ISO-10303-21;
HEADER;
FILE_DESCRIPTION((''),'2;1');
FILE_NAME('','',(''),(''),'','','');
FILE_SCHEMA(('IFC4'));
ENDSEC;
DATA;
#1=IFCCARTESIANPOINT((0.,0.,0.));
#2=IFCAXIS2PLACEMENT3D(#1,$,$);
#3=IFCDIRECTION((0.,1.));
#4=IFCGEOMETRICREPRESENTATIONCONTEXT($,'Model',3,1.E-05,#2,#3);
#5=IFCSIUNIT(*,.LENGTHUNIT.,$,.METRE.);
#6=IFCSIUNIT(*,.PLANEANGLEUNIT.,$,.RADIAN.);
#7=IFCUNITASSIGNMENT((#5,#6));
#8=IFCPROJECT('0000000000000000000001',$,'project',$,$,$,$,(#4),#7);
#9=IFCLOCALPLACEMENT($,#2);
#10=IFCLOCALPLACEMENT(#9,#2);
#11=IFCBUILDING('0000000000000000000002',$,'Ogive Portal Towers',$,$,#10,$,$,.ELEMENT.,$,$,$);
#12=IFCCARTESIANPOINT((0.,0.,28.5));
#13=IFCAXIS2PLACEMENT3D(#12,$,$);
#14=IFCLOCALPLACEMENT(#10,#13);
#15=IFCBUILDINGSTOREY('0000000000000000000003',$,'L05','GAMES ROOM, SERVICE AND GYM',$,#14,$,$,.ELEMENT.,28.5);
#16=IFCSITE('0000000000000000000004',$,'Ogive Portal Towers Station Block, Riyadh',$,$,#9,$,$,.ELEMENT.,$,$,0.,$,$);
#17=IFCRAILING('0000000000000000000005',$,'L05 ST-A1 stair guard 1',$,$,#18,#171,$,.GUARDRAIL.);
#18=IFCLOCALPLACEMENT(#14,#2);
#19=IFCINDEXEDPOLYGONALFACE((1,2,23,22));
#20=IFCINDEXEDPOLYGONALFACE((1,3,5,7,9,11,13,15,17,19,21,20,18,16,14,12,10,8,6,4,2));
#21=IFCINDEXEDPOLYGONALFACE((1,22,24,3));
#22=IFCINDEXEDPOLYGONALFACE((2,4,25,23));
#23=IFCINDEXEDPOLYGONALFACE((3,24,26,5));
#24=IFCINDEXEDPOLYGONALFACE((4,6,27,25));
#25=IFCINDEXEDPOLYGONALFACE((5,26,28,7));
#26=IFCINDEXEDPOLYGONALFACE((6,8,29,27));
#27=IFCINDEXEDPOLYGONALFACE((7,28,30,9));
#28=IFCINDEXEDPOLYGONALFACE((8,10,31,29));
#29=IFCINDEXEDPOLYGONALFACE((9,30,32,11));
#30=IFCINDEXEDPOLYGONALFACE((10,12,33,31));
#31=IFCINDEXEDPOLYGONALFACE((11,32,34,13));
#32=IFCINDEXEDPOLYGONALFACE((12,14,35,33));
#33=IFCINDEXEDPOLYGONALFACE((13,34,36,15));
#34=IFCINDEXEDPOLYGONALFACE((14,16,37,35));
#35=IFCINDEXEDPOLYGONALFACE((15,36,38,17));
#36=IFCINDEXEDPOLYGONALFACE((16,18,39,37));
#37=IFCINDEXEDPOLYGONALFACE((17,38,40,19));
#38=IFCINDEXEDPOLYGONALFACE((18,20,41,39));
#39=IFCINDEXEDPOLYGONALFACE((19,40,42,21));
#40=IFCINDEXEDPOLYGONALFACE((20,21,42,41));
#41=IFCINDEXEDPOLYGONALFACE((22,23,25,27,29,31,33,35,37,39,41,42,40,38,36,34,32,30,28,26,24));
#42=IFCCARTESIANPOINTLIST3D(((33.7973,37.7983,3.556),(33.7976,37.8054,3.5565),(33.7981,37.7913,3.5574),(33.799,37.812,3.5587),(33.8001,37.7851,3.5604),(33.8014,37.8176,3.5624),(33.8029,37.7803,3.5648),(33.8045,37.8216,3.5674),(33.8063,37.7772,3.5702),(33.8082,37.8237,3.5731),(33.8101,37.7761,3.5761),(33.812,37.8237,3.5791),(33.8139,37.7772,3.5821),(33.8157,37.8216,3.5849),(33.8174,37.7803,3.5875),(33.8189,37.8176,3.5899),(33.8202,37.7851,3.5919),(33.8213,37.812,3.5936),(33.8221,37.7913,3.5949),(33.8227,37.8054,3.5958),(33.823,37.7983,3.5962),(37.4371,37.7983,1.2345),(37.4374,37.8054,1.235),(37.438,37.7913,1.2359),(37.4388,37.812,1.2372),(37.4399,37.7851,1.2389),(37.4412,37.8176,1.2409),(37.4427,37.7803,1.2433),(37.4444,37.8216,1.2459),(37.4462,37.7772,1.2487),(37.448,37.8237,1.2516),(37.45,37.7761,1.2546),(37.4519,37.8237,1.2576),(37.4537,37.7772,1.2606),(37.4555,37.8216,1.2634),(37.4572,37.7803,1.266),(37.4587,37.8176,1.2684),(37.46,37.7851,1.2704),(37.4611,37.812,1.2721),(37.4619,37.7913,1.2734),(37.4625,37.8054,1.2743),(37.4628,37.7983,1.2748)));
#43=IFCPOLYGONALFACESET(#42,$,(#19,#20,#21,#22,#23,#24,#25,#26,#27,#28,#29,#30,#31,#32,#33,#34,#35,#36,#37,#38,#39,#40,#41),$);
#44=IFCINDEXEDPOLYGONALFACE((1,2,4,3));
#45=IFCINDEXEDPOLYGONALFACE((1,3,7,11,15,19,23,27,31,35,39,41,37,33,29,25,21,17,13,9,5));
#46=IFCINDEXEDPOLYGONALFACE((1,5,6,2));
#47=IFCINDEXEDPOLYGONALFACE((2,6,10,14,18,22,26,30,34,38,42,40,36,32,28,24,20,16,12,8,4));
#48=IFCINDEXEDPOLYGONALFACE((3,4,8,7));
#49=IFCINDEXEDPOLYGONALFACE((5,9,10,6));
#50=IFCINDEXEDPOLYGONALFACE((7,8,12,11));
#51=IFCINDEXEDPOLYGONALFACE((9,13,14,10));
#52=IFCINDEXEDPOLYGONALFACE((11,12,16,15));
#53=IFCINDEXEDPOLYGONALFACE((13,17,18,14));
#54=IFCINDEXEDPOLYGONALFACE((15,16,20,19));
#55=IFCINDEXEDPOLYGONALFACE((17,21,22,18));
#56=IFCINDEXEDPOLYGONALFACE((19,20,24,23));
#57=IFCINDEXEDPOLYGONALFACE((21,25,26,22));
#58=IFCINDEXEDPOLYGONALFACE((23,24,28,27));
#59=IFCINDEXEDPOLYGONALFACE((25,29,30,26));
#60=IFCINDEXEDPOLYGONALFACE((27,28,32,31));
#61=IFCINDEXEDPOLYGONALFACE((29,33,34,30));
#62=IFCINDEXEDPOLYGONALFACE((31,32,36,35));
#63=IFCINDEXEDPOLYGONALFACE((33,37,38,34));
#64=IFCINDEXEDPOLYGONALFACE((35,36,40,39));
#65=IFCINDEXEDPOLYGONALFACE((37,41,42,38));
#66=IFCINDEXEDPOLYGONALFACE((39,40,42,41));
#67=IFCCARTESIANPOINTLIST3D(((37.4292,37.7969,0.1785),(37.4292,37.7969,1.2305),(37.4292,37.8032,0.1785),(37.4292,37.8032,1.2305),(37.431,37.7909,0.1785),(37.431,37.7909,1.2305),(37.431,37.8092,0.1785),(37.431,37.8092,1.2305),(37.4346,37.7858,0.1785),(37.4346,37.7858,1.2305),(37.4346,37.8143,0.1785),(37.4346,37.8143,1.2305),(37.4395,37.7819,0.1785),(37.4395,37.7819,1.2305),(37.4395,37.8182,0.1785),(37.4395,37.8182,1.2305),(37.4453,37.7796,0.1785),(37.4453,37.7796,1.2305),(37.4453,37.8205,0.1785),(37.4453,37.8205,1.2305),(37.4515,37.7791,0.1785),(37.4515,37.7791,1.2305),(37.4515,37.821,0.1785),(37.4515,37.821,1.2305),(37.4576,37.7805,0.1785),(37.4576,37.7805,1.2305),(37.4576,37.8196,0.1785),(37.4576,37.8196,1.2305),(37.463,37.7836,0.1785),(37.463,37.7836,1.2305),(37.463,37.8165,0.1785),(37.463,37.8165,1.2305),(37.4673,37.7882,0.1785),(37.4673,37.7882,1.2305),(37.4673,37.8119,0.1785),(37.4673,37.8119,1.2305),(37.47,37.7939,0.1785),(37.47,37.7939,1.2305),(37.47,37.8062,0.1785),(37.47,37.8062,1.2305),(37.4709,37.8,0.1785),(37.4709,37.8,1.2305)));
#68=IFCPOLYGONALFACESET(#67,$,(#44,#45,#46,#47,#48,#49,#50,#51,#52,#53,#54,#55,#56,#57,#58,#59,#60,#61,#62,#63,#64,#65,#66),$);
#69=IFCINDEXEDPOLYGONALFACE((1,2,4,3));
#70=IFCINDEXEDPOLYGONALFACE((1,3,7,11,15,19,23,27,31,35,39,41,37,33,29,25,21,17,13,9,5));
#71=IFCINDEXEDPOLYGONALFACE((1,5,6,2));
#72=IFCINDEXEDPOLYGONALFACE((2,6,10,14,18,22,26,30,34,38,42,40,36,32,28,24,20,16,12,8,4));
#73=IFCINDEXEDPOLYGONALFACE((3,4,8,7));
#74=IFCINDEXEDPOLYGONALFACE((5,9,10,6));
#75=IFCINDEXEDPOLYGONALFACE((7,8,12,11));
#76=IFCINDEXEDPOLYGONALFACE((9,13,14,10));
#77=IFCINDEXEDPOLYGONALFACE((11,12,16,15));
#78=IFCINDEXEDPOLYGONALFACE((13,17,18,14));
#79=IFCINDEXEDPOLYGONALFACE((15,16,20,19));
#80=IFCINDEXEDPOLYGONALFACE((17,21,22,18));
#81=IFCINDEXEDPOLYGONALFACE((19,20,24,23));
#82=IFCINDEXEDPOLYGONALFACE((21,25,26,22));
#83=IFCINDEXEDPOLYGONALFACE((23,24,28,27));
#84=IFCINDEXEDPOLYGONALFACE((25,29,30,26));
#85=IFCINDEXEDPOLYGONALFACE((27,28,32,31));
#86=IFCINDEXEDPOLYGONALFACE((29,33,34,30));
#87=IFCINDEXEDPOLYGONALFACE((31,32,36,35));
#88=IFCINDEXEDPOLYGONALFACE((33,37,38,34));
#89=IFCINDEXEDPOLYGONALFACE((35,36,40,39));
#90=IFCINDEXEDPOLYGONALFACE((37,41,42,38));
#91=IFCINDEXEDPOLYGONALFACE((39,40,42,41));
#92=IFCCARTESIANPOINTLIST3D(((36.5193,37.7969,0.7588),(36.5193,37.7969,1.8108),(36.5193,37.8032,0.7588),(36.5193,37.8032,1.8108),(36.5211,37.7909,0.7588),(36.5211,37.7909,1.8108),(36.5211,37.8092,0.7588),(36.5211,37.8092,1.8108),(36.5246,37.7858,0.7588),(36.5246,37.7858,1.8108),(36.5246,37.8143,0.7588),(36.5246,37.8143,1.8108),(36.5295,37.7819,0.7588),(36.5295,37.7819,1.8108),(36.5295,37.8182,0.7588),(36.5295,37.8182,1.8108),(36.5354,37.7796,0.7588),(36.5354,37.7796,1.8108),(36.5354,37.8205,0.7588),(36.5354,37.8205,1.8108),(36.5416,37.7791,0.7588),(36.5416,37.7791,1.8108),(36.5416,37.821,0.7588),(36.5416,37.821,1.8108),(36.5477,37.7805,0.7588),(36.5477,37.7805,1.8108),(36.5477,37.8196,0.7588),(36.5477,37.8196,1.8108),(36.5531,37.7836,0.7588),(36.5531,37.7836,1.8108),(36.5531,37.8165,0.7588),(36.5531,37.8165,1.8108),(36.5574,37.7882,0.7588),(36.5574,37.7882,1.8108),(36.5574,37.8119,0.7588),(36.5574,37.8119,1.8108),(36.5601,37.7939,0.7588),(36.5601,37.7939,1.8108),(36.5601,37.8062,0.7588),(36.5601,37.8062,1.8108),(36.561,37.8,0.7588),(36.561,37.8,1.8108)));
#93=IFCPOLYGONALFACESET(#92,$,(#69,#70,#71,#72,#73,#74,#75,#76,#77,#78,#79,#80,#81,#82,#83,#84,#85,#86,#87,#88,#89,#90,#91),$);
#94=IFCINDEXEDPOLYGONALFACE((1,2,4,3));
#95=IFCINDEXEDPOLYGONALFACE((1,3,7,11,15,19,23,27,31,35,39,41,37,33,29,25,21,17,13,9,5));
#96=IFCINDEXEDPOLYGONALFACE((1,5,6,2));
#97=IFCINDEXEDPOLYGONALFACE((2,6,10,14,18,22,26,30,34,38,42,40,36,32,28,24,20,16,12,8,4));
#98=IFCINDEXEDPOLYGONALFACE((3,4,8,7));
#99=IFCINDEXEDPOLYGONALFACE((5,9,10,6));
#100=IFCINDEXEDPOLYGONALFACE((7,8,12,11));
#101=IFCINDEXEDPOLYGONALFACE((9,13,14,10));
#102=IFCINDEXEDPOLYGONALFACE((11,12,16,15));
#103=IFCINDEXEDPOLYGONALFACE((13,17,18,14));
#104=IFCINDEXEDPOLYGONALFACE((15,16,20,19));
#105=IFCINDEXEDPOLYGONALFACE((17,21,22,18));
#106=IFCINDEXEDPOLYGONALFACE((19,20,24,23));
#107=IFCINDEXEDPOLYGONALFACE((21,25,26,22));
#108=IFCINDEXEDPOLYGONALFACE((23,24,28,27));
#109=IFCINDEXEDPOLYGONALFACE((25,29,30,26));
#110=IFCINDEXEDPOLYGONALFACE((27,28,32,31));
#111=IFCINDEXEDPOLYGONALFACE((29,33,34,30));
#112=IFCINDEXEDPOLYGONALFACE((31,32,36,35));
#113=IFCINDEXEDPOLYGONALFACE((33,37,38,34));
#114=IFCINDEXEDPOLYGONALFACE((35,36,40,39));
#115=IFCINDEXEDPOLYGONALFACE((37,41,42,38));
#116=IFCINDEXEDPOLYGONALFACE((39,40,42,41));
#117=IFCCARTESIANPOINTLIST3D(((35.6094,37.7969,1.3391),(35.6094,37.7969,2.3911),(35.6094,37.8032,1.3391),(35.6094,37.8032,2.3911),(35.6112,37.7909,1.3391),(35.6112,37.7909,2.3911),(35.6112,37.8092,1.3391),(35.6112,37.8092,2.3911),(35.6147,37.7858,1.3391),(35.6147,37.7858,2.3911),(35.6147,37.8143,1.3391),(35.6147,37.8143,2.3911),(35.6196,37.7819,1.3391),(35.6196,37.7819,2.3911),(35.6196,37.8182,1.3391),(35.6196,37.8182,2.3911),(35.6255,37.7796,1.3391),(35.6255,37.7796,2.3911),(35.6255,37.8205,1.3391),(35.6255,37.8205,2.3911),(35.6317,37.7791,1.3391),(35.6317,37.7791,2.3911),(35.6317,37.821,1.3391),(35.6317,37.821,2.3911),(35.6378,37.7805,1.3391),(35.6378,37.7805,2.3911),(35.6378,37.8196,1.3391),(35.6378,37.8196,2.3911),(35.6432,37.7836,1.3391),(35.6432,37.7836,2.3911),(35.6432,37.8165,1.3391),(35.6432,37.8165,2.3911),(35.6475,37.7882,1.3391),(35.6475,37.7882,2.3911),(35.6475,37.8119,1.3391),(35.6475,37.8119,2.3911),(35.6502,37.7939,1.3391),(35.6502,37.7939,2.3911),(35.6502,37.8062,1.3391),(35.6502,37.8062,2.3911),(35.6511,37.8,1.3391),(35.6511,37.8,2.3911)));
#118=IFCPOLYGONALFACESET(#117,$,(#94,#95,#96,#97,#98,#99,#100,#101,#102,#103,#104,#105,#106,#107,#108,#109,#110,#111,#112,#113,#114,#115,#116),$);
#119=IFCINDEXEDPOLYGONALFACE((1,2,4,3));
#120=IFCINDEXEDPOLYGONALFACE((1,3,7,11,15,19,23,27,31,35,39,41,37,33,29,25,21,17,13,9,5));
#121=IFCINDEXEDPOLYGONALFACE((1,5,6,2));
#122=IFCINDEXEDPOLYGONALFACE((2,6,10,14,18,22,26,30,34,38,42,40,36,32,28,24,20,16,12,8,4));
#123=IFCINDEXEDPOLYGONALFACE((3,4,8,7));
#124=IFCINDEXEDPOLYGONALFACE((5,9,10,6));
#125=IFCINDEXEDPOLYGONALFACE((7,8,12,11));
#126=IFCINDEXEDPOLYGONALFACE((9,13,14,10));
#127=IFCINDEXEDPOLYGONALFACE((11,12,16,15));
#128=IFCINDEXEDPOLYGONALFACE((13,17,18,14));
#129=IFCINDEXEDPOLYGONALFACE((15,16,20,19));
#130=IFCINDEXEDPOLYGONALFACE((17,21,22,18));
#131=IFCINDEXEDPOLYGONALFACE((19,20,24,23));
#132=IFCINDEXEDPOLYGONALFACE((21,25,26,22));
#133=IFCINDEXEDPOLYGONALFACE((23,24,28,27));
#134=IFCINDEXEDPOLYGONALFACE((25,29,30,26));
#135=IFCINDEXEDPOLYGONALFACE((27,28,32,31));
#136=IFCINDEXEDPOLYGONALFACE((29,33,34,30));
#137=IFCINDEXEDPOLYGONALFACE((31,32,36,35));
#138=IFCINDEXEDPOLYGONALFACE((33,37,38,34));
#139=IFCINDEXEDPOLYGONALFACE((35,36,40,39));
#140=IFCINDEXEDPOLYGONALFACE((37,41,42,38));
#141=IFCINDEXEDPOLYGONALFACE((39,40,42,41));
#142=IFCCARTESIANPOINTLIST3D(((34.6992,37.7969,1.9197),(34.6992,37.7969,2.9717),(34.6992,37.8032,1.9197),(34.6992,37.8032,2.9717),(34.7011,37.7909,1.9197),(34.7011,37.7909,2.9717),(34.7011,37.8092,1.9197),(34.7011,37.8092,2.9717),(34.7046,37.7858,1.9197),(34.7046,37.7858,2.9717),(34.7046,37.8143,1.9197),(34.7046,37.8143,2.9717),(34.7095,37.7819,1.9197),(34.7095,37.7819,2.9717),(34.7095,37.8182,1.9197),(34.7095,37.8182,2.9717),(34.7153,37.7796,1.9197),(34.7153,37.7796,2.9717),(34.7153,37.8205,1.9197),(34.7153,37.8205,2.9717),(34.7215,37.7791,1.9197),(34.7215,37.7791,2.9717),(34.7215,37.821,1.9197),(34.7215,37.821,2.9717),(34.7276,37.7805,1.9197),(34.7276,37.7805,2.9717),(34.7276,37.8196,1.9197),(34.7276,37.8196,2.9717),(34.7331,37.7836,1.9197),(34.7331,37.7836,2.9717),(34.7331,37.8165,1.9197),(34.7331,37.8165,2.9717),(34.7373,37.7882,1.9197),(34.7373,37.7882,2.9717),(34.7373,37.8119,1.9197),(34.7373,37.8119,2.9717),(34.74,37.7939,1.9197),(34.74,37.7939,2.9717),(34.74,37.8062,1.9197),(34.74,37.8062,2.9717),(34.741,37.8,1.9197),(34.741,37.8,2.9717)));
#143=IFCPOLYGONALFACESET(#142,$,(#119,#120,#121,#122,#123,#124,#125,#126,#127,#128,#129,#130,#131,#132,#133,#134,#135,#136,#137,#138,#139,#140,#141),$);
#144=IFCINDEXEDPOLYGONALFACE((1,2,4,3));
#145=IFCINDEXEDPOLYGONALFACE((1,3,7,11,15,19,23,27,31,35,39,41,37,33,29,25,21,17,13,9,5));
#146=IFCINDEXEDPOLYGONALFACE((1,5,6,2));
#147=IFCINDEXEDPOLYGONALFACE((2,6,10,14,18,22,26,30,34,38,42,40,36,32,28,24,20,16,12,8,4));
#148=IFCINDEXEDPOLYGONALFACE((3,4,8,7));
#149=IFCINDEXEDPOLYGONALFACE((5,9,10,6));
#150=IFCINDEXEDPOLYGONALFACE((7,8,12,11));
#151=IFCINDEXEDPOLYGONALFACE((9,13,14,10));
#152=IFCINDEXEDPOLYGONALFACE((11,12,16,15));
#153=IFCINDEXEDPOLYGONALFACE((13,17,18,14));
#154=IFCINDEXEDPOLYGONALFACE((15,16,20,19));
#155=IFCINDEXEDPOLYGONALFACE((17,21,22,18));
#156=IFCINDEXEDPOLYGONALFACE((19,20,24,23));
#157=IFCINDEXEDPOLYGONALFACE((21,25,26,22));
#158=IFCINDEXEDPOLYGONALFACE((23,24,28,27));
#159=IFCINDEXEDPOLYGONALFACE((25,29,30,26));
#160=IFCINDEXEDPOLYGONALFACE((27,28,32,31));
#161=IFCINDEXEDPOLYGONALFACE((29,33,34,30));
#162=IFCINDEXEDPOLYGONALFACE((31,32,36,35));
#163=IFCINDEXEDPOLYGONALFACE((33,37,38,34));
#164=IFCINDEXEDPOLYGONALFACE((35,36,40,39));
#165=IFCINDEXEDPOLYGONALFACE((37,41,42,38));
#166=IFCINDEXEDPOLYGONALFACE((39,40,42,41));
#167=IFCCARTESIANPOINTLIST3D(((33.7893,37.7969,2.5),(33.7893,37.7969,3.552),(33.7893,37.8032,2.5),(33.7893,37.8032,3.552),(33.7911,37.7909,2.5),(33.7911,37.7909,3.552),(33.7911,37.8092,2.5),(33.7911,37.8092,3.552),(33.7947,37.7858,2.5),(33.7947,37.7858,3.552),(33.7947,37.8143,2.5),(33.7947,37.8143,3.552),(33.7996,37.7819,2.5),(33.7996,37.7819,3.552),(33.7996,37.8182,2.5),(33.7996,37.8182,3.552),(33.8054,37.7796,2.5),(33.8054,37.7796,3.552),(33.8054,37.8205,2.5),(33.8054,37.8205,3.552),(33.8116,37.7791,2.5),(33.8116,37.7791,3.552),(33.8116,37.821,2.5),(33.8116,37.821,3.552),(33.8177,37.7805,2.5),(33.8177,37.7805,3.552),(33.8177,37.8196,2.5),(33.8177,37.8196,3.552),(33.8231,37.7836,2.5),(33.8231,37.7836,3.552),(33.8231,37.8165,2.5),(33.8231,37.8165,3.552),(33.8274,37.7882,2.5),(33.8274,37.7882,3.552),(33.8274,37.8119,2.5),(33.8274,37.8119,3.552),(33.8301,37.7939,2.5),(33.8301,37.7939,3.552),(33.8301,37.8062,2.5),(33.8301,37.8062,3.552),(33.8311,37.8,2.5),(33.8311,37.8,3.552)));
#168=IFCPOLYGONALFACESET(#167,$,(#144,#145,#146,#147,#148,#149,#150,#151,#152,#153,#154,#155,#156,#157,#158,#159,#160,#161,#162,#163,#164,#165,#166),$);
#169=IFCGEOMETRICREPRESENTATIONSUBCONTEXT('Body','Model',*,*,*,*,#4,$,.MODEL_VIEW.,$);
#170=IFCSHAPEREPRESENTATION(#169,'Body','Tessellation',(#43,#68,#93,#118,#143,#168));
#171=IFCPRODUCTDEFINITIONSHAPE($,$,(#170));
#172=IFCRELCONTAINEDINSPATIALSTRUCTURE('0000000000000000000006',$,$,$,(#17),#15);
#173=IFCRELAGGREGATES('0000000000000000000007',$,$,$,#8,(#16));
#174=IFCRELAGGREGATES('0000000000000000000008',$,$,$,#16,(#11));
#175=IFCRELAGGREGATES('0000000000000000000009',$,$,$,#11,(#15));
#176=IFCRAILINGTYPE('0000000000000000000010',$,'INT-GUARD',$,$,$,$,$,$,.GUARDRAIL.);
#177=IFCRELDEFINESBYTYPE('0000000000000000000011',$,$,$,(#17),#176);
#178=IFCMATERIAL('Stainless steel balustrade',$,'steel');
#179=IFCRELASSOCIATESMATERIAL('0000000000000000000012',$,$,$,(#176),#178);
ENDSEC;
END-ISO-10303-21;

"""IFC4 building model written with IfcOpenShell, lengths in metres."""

from ifc_helpers import new_model, si_unit, direction, frame, origin, origin_2d, place, context, subcontext, project, spatial, circle, extrude, material, type_object, element, save


model = new_model("IFC4")

# Units and contexts
model_context = context("Model", 3, precision=1e-05, world=origin(), true_north=direction((0.0, 1.0)))
body_context = subcontext(model_context, "Body", "Model", "MODEL_VIEW")
ifc_project = project(units=[si_unit("LENGTHUNIT", "METRE"), si_unit("PLANEANGLEUNIT", "RADIAN")], contexts=[model_context])

# Site, building, storey
site_placement = place(None, origin())
site = spatial("IfcSite", under=ifc_project, at=site_placement, Name="Ogive Portal Towers Station Block, Riyadh", CompositionType="ELEMENT", RefElevation=0.0)
building_placement = place(site_placement, origin())
building = spatial("IfcBuilding", under=site, at=building_placement, Name="Ogive Portal Towers", CompositionType="ELEMENT")
storey_placement = place(building_placement, frame((0.0, 0.0, 28.5)))
storey = spatial("IfcBuildingStorey", under=building, at=storey_placement, Name="L05", Description="GAMES ROOM, SERVICE AND GYM", CompositionType="ELEMENT", Elevation=28.5)

# Railing
ifc_material_1 = material(Name="Stainless steel balustrade", Category="steel")
railing_type_1 = type_object("IfcRailingType", Name="INT-GUARD", PredefinedType="GUARDRAIL", material=ifc_material_1)
railing_1_placement = place(storey_placement, frame((37.45, 37.8, 0.1785)))
element("IfcRailing", 1, at=railing_1_placement, inside=storey, type_object=railing_type_1, Name="L05 ST-A1 stair guard 1", PredefinedType="GUARDRAIL", context=body_context, shape_type="SweptSolid", body=[
    extrude(circle(Radius=0.0239, at=origin_2d()), frame((0.0, 0.0, 1.0762), z_axis=(-0.843112, 0.0, 0.537739), x_axis=(0.0, -1.0, 0.0)), (0.0, 0.0, 1.0), 4.3171),
    extrude(circle(Radius=0.021, at=origin_2d()), origin(), (0.0, 0.0, 1.0), 1.052),
    extrude(circle(Radius=0.021, at=origin_2d()), frame((-0.9099, 0.0, 0.5803)), (0.0, 0.0, 1.0), 1.052),
    extrude(circle(Radius=0.021, at=origin_2d()), frame((-1.8198, 0.0, 1.1606)), (0.0, 0.0, 1.0), 1.052),
    extrude(circle(Radius=0.021, at=origin_2d()), frame((-2.73, 0.0, 1.7412)), (0.0, 0.0, 1.0), 1.052),
    extrude(circle(Radius=0.021, at=origin_2d()), frame((-3.6399, 0.0, 2.3215)), (0.0, 0.0, 1.0), 1.052),
])

save(model, "model.ifc")
